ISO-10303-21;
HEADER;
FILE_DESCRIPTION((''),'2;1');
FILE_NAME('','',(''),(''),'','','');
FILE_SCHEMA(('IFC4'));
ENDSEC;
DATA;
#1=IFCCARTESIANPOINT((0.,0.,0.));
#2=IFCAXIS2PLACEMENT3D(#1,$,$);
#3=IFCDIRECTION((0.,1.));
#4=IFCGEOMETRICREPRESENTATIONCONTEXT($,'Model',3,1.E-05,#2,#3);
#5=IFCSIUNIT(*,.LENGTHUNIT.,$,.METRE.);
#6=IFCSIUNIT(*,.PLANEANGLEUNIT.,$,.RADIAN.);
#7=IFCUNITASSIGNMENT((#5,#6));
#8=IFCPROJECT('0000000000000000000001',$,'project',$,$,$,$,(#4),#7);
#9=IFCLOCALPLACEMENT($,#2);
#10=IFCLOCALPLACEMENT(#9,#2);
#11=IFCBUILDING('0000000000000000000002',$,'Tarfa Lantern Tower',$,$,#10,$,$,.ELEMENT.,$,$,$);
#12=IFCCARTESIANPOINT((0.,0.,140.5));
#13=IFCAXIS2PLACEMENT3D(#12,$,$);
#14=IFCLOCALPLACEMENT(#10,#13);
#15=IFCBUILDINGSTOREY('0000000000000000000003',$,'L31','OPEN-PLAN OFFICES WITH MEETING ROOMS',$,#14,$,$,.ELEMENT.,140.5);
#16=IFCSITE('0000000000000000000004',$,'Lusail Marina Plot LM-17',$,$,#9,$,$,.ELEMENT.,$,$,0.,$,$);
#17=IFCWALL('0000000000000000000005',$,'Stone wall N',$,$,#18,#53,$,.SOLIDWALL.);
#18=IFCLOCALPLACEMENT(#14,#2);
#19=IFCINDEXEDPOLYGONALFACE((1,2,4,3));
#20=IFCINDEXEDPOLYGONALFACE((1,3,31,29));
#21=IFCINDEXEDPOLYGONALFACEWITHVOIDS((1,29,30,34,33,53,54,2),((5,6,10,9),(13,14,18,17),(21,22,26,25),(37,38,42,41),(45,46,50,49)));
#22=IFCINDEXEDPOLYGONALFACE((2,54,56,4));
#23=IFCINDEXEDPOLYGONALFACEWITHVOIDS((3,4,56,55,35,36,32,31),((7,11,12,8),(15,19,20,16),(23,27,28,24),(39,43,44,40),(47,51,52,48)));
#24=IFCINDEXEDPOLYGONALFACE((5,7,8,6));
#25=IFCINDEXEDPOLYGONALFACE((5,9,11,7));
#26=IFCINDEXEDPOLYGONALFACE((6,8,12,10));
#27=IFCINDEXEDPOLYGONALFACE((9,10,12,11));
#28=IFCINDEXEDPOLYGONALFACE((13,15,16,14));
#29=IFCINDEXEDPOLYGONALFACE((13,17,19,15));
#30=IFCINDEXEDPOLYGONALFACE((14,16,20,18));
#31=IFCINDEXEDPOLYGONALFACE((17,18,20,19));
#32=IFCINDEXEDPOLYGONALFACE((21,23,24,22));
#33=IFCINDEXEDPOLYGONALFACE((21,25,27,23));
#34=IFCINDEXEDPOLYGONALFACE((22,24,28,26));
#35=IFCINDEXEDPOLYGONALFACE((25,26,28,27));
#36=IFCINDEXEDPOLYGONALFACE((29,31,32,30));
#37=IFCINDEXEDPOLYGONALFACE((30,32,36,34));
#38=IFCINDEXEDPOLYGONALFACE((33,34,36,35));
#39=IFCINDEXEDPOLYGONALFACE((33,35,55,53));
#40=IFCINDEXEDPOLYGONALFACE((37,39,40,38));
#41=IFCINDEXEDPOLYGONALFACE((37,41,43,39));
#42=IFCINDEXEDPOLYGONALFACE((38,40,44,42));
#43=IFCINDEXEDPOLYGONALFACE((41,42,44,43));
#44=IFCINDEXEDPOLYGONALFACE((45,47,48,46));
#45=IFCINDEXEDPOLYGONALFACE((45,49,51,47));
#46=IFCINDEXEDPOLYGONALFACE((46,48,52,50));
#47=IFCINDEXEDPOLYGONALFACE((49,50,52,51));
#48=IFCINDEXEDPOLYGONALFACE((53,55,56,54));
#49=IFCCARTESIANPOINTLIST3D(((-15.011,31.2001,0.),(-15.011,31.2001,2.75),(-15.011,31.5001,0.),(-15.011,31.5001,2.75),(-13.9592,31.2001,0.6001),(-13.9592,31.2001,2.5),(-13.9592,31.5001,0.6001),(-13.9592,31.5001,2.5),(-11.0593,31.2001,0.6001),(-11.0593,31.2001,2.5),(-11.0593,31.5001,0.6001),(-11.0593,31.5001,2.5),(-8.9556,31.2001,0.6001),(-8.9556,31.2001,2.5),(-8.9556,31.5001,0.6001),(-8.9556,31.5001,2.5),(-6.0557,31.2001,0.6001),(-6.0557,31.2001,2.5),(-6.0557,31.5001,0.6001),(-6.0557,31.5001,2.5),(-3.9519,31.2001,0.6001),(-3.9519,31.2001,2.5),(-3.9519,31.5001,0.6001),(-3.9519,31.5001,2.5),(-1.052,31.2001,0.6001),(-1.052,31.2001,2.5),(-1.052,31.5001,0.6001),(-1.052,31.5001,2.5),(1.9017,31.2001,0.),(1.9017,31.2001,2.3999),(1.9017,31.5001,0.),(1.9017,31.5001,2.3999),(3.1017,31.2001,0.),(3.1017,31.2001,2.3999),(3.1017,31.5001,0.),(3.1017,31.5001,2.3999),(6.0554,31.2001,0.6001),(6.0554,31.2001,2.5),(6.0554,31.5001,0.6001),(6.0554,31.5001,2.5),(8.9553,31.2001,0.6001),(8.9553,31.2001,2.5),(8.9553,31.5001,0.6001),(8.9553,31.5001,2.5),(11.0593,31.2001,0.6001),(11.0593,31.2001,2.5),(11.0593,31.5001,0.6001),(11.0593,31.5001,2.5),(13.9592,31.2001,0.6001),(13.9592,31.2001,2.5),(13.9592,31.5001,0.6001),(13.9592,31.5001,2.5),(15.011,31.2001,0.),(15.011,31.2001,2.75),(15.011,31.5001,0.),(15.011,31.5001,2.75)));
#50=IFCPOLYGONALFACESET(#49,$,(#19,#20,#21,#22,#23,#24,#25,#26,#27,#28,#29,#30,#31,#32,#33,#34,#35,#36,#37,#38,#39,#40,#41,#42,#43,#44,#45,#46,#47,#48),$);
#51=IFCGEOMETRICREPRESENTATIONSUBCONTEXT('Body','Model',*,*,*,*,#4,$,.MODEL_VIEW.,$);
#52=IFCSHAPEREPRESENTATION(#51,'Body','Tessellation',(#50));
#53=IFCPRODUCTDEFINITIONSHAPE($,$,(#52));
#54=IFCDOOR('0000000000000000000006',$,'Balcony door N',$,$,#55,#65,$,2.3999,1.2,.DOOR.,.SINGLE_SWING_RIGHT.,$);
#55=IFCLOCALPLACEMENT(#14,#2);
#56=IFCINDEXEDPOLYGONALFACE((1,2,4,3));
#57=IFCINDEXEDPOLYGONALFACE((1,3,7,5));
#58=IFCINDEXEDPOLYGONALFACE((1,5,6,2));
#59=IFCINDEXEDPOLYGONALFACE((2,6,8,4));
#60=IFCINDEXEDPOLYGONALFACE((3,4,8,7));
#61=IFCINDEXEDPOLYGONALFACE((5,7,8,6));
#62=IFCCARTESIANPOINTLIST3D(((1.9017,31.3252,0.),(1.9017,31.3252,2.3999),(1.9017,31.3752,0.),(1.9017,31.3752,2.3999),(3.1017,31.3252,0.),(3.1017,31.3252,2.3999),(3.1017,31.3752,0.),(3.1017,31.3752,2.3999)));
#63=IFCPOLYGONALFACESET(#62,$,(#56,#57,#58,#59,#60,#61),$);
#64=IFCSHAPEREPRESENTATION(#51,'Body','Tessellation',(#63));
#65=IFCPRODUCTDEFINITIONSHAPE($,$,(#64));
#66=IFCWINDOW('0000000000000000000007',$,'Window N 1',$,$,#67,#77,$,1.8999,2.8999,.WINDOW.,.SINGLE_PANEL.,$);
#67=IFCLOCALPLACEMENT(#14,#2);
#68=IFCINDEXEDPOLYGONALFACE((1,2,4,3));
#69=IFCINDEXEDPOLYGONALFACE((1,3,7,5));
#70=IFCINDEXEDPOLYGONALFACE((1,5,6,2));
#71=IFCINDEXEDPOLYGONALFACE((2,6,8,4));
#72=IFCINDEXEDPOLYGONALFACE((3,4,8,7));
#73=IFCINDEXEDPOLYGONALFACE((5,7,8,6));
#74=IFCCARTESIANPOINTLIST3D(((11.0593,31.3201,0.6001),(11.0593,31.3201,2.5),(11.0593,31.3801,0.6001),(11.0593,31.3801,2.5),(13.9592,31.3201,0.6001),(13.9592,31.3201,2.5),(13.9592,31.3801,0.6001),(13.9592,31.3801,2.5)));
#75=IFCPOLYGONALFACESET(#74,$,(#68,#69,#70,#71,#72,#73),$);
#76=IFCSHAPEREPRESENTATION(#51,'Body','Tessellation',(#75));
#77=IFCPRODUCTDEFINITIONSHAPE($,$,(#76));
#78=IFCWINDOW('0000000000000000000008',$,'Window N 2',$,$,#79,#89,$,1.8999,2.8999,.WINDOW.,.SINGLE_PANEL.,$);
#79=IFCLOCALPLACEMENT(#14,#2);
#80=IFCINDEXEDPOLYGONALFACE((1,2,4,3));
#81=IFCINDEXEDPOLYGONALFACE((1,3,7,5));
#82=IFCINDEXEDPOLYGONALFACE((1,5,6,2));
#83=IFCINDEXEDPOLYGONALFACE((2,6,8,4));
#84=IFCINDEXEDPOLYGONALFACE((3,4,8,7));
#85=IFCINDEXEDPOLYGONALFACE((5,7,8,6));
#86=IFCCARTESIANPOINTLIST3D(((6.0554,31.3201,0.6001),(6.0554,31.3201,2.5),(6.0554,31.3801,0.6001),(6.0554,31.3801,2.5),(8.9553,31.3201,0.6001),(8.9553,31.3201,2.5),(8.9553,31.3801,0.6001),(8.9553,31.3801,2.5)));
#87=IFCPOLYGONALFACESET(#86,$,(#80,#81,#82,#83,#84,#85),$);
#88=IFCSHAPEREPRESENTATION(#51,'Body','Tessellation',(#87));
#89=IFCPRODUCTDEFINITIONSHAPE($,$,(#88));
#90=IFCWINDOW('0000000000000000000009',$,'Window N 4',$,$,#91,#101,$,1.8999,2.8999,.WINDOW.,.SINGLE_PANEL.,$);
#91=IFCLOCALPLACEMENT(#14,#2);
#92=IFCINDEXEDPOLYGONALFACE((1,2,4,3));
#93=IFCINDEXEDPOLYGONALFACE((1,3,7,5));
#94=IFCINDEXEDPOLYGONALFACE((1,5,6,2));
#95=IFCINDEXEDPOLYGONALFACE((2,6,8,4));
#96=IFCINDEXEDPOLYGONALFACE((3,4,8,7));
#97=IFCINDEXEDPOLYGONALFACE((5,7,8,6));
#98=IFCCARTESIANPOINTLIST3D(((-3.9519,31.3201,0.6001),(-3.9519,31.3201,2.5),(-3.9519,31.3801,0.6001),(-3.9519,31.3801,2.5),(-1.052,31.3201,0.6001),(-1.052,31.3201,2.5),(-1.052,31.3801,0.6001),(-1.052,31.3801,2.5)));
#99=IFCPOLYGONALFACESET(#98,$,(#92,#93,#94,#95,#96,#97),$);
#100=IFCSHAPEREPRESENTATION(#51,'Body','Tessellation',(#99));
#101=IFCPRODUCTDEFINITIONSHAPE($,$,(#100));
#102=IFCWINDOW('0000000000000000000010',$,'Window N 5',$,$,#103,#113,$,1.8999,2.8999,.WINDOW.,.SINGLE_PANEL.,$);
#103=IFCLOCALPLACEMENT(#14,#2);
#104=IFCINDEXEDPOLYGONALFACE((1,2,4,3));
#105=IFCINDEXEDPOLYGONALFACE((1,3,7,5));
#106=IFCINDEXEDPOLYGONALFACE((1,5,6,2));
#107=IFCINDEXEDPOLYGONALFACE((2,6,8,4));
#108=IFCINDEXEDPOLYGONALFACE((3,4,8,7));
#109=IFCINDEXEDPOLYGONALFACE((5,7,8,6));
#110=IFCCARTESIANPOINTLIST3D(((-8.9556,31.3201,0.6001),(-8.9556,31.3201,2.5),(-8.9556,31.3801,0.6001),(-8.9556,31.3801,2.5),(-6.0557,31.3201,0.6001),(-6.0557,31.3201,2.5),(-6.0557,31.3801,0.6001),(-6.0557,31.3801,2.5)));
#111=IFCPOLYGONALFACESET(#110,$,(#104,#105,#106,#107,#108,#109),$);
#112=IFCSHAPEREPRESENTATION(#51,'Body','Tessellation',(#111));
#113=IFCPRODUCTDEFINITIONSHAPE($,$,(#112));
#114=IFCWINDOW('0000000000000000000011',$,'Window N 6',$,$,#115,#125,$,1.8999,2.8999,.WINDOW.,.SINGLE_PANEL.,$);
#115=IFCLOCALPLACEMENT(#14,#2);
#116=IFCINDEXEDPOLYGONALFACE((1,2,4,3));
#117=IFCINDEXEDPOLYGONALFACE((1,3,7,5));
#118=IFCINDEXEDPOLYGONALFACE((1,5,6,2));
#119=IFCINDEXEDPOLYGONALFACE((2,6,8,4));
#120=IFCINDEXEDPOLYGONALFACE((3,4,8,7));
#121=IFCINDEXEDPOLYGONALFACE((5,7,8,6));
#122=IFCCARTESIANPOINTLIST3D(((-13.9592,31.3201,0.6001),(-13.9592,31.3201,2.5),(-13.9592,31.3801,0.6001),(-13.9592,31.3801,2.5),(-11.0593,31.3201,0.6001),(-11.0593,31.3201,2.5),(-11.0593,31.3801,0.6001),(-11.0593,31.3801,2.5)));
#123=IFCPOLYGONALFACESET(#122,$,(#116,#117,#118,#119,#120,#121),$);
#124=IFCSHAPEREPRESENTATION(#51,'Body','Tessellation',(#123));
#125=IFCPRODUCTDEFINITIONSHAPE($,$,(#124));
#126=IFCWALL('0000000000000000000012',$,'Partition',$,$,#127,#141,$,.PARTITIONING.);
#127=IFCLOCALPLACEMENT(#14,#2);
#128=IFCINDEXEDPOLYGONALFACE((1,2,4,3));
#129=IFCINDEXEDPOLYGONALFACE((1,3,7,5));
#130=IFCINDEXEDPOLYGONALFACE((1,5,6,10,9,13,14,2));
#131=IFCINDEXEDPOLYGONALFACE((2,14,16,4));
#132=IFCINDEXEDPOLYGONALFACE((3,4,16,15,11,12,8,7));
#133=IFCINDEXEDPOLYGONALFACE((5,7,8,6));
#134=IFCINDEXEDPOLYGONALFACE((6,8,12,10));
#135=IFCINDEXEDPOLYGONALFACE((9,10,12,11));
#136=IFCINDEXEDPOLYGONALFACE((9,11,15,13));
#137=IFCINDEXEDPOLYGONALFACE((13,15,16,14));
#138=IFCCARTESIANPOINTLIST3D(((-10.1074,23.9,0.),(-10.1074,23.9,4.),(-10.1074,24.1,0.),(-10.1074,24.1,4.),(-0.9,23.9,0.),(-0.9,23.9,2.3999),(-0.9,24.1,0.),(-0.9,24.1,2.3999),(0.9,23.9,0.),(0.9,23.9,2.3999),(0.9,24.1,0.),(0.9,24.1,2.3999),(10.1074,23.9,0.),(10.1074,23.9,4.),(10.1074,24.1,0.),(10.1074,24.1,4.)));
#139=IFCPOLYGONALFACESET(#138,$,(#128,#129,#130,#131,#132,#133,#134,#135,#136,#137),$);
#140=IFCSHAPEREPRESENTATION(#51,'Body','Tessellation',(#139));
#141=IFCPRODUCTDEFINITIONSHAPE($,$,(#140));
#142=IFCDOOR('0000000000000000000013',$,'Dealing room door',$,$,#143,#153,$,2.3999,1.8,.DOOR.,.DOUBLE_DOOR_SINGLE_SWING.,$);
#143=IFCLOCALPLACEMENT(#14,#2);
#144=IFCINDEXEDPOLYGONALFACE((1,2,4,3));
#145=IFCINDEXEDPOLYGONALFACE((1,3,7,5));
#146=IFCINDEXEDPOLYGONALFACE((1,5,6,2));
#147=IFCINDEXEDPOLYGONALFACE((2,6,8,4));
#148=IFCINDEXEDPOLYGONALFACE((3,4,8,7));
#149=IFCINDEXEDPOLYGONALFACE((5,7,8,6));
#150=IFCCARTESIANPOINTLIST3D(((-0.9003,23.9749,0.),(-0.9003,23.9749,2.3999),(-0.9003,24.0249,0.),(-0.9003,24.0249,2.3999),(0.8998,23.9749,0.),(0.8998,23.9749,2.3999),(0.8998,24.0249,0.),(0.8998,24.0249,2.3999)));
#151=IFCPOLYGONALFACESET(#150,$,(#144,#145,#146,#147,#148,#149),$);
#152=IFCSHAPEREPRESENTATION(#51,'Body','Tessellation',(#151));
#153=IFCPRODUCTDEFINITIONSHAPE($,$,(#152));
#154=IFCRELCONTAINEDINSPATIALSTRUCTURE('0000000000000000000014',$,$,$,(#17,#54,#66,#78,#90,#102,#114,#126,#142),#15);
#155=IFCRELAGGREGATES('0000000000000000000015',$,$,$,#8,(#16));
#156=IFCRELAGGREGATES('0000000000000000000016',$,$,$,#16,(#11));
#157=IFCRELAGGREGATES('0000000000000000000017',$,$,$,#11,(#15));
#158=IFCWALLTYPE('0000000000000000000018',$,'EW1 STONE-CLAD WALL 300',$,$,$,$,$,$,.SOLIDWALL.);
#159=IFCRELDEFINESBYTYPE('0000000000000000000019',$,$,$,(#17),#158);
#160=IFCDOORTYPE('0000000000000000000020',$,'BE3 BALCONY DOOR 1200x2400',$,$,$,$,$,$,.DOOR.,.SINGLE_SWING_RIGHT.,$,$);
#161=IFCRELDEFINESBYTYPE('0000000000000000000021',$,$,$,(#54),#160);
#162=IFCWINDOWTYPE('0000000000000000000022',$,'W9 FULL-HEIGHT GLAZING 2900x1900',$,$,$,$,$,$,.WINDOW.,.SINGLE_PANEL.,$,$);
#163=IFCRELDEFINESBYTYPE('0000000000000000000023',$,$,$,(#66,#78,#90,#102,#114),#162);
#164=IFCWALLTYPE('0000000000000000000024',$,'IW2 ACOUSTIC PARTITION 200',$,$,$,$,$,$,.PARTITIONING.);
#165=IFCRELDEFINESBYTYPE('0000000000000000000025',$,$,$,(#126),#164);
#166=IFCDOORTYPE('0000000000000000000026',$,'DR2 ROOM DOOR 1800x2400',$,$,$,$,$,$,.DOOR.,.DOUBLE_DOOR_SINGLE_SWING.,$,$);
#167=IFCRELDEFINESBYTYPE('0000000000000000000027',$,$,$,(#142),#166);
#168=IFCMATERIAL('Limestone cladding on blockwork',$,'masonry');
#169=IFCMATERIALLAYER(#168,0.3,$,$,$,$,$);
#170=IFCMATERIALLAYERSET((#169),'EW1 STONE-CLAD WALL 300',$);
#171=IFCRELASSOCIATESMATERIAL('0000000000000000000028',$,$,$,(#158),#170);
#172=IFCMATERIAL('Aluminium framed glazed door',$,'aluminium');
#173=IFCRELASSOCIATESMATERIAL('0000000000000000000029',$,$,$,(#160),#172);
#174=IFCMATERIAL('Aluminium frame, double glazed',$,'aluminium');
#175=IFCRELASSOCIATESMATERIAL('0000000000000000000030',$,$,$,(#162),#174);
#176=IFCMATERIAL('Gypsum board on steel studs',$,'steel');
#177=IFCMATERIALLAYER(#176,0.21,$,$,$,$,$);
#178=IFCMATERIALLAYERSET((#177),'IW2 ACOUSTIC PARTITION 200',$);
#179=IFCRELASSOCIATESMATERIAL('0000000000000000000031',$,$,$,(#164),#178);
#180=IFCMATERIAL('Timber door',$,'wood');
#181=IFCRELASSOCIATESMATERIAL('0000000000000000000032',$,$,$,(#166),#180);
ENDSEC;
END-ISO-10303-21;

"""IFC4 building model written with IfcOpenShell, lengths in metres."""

from ifc_helpers import new_model, si_unit, direction, frame, frame_2d, origin, place, context, subcontext, project, spatial, rectangle, extrude, material, layer, layer_set, type_object, element, fill, save


model = new_model("IFC4")

# Units and contexts
model_context = context("Model", 3, precision=1e-05, world=origin(), true_north=direction((0.0, 1.0)))
body_context = subcontext(model_context, "Body", "Model", "MODEL_VIEW")
ifc_project = project(units=[si_unit("LENGTHUNIT", "METRE"), si_unit("PLANEANGLEUNIT", "RADIAN")], contexts=[model_context])

# Site, building, storey
site_placement = place(None, origin())
site = spatial("IfcSite", under=ifc_project, at=site_placement, Name="Lusail Marina Plot LM-17", CompositionType="ELEMENT", RefElevation=0.0)
building_placement = place(site_placement, origin())
building = spatial("IfcBuilding", under=site, at=building_placement, Name="Tarfa Lantern Tower", CompositionType="ELEMENT")
storey_placement = place(building_placement, frame((0.0, 0.0, 140.5)))
storey = spatial("IfcBuildingStorey", under=building, at=storey_placement, Name="L31", Description="OPEN-PLAN OFFICES WITH MEETING ROOMS", CompositionType="ELEMENT", Elevation=140.5)

# Wall, openings, door, windows
ifc_material_1 = material(Name="Limestone cladding on blockwork", Category="masonry")
ifc_layer_1 = layer(ifc_material_1, 0.3)
ifc_layer_set_1 = layer_set([ifc_layer_1], Name="EW1 STONE-CLAD WALL 300")
wall_type_1 = type_object("IfcWallType", Name="EW1 STONE-CLAD WALL 300", PredefinedType="SOLIDWALL", material=ifc_layer_set_1)
wall_1_placement = place(storey_placement, frame((15.011, 31.3501, 0.0), z_axis=(0.0, 0.0, 1.0), x_axis=(-1.0, 0.0, 0.0)))
wall_1 = element("IfcWall", 1, at=wall_1_placement, inside=storey, type_object=wall_type_1, Name="Stone wall N", PredefinedType="SOLIDWALL", context=body_context, shape_type="SweptSolid", body=[
    extrude(rectangle(XDim=30.022, YDim=0.3, at=frame_2d((15.011, 0.0))), origin(), (0.0, 0.0, 1.0), 2.75),
])
opening_1_placement = place(wall_1_placement, frame((1.0518, 0.0, 0.6001)))
opening_1 = element("IfcOpeningElement", 2, at=opening_1_placement, cuts=wall_1, PredefinedType="OPENING", context=body_context, shape_type="SweptSolid", body=[
    extrude(rectangle(XDim=2.8999, YDim=1.8999, at=frame_2d((1.45, 0.95))), frame((0.0, 0.1599, 0.0), z_axis=(0.0, -1.0, 0.0), x_axis=(1.0, 0.0, 0.0)), (0.0, 0.0, 1.0), 0.3201),
])
opening_2_placement = place(wall_1_placement, frame((6.0557, 0.0, 0.6001)))
opening_2 = element("IfcOpeningElement", 3, at=opening_2_placement, cuts=wall_1, PredefinedType="OPENING", context=body_context, shape_type="SweptSolid", body=[
    extrude(rectangle(XDim=2.8999, YDim=1.8999, at=frame_2d((1.45, 0.95))), frame((0.0, 0.1599, 0.0), z_axis=(0.0, -1.0, 0.0), x_axis=(1.0, 0.0, 0.0)), (0.0, 0.0, 1.0), 0.3201),
])
opening_3_placement = place(wall_1_placement, frame((11.9092, 0.0, 0.0)))
opening_3 = element("IfcOpeningElement", 4, at=opening_3_placement, cuts=wall_1, PredefinedType="OPENING", context=body_context, shape_type="SweptSolid", body=[
    extrude(rectangle(XDim=1.2, YDim=2.3999, at=frame_2d((0.6001, 1.2))), frame((0.0, 0.1599, 0.0), z_axis=(0.0, -1.0, 0.0), x_axis=(1.0, 0.0, 0.0)), (0.0, 0.0, 1.0), 0.3201),
])
opening_4_placement = place(wall_1_placement, frame((16.063, 0.0, 0.6001)))
opening_4 = element("IfcOpeningElement", 5, at=opening_4_placement, cuts=wall_1, PredefinedType="OPENING", context=body_context, shape_type="SweptSolid", body=[
    extrude(rectangle(XDim=2.8999, YDim=1.8999, at=frame_2d((1.45, 0.95))), frame((0.0, 0.1599, 0.0), z_axis=(0.0, -1.0, 0.0), x_axis=(1.0, 0.0, 0.0)), (0.0, 0.0, 1.0), 0.3201),
])
opening_5_placement = place(wall_1_placement, frame((21.0667, 0.0, 0.6001)))
opening_5 = element("IfcOpeningElement", 6, at=opening_5_placement, cuts=wall_1, PredefinedType="OPENING", context=body_context, shape_type="SweptSolid", body=[
    extrude(rectangle(XDim=2.8999, YDim=1.8999, at=frame_2d((1.45, 0.95))), frame((0.0, 0.1599, 0.0), z_axis=(0.0, -1.0, 0.0), x_axis=(1.0, 0.0, 0.0)), (0.0, 0.0, 1.0), 0.3201),
])
opening_6_placement = place(wall_1_placement, frame((26.0703, 0.0, 0.6001)))
opening_6 = element("IfcOpeningElement", 7, at=opening_6_placement, cuts=wall_1, PredefinedType="OPENING", context=body_context, shape_type="SweptSolid", body=[
    extrude(rectangle(XDim=2.8999, YDim=1.8999, at=frame_2d((1.45, 0.95))), frame((0.0, 0.1599, 0.0), z_axis=(0.0, -1.0, 0.0), x_axis=(1.0, 0.0, 0.0)), (0.0, 0.0, 1.0), 0.3201),
])
ifc_material_2 = material(Name="Aluminium framed glazed door", Category="aluminium")
door_type_1 = type_object("IfcDoorType", Name="BE3 BALCONY DOOR 1200x2400", OperationType="SINGLE_SWING_RIGHT", PredefinedType="DOOR", material=ifc_material_2)
door_1_placement = place(opening_3_placement, origin())
door_1 = element("IfcDoor", 8, at=door_1_placement, inside=storey, type_object=door_type_1, Name="Balcony door N", OperationType="SINGLE_SWING_RIGHT", OverallHeight=2.3999, OverallWidth=1.2, PredefinedType="DOOR", context=body_context, shape_type="SweptSolid", body=[
    extrude(rectangle(XDim=1.2, YDim=2.3999, at=frame_2d((0.6001, 1.2))), frame((0.0, 0.0249, 0.0), z_axis=(0.0, -1.0, 0.0), x_axis=(1.0, 0.0, 0.0)), (0.0, 0.0, 1.0), 0.05),
])
fill(opening_3, door_1)
ifc_material_3 = material(Name="Aluminium frame, double glazed", Category="aluminium")
window_type = type_object("IfcWindowType", Name="W9 FULL-HEIGHT GLAZING 2900x1900", PartitioningType="SINGLE_PANEL", PredefinedType="WINDOW", material=ifc_material_3)
window_1_placement = place(opening_1_placement, origin())
window_1 = element("IfcWindow", 9, at=window_1_placement, inside=storey, type_object=window_type, Name="Window N 1", OverallHeight=1.8999, OverallWidth=2.8999, PartitioningType="SINGLE_PANEL", PredefinedType="WINDOW", context=body_context, shape_type="SweptSolid", body=[
    extrude(rectangle(XDim=2.8999, YDim=1.8999, at=frame_2d((1.45, 0.95))), frame((0.0, 0.03, 0.0), z_axis=(0.0, -1.0, 0.0), x_axis=(1.0, 0.0, 0.0)), (0.0, 0.0, 1.0), 0.0601),
])
fill(opening_1, window_1)
window_2_placement = place(opening_2_placement, origin())
window_2 = element("IfcWindow", 10, at=window_2_placement, inside=storey, type_object=window_type, Name="Window N 2", OverallHeight=1.8999, OverallWidth=2.8999, PartitioningType="SINGLE_PANEL", PredefinedType="WINDOW", context=body_context, shape_type="SweptSolid", body=[
    extrude(rectangle(XDim=2.8999, YDim=1.8999, at=frame_2d((1.45, 0.95))), frame((0.0, 0.03, 0.0), z_axis=(0.0, -1.0, 0.0), x_axis=(1.0, 0.0, 0.0)), (0.0, 0.0, 1.0), 0.0601),
])
fill(opening_2, window_2)
window_3_placement = place(opening_4_placement, origin())
window_3 = element("IfcWindow", 11, at=window_3_placement, inside=storey, type_object=window_type, Name="Window N 4", OverallHeight=1.8999, OverallWidth=2.8999, PartitioningType="SINGLE_PANEL", PredefinedType="WINDOW", context=body_context, shape_type="SweptSolid", body=[
    extrude(rectangle(XDim=2.8999, YDim=1.8999, at=frame_2d((1.45, 0.95))), frame((0.0, 0.03, 0.0), z_axis=(0.0, -1.0, 0.0), x_axis=(1.0, 0.0, 0.0)), (0.0, 0.0, 1.0), 0.0601),
])
fill(opening_4, window_3)
window_4_placement = place(opening_5_placement, origin())
window_4 = element("IfcWindow", 12, at=window_4_placement, inside=storey, type_object=window_type, Name="Window N 5", OverallHeight=1.8999, OverallWidth=2.8999, PartitioningType="SINGLE_PANEL", PredefinedType="WINDOW", context=body_context, shape_type="SweptSolid", body=[
    extrude(rectangle(XDim=2.8999, YDim=1.8999, at=frame_2d((1.45, 0.95))), frame((0.0, 0.03, 0.0), z_axis=(0.0, -1.0, 0.0), x_axis=(1.0, 0.0, 0.0)), (0.0, 0.0, 1.0), 0.0601),
])
fill(opening_5, window_4)
window_5_placement = place(opening_6_placement, origin())
window_5 = element("IfcWindow", 13, at=window_5_placement, inside=storey, type_object=window_type, Name="Window N 6", OverallHeight=1.8999, OverallWidth=2.8999, PartitioningType="SINGLE_PANEL", PredefinedType="WINDOW", context=body_context, shape_type="SweptSolid", body=[
    extrude(rectangle(XDim=2.8999, YDim=1.8999, at=frame_2d((1.45, 0.95))), frame((0.0, 0.03, 0.0), z_axis=(0.0, -1.0, 0.0), x_axis=(1.0, 0.0, 0.0)), (0.0, 0.0, 1.0), 0.0601),
])
fill(opening_6, window_5)

# Wall, opening, door
ifc_material_4 = material(Name="Gypsum board on steel studs", Category="steel")
ifc_layer_2 = layer(ifc_material_4, 0.21)
ifc_layer_set_2 = layer_set([ifc_layer_2], Name="IW2 ACOUSTIC PARTITION 200")
wall_type_2 = type_object("IfcWallType", Name="IW2 ACOUSTIC PARTITION 200", PredefinedType="PARTITIONING", material=ifc_layer_set_2)
wall_2_placement = place(storey_placement, frame((10.1074, 24.0, 0.0), z_axis=(0.0, 0.0, 1.0), x_axis=(-1.0, 0.0, 0.0)))
wall_2 = element("IfcWall", 14, at=wall_2_placement, inside=storey, type_object=wall_type_2, Name="Partition", PredefinedType="PARTITIONING", context=body_context, shape_type="SweptSolid", body=[
    extrude(rectangle(XDim=20.2148, YDim=0.2, at=frame_2d((10.1074, 0.0))), origin(), (0.0, 0.0, 1.0), 4.0),
])
opening_7_placement = place(wall_2_placement, frame((9.2075, 0.0, 0.0)))
opening_7 = element("IfcOpeningElement", 15, at=opening_7_placement, cuts=wall_2, PredefinedType="OPENING", context=body_context, shape_type="SweptSolid", body=[
    extrude(rectangle(XDim=1.8, YDim=2.3999, at=frame_2d((0.8999, 1.2))), frame((0.0, 0.1099, 0.0), z_axis=(0.0, -1.0, 0.0), x_axis=(1.0, 0.0, 0.0)), (0.0, 0.0, 1.0), 0.22),
])
ifc_material_5 = material(Name="Timber door", Category="wood")
door_type_2 = type_object("IfcDoorType", Name="DR2 ROOM DOOR 1800x2400", OperationType="DOUBLE_DOOR_SINGLE_SWING", PredefinedType="DOOR", material=ifc_material_5)
door_2_placement = place(opening_7_placement, frame((1.8, 0.0, 0.0), z_axis=(0.0, 0.0, 1.0), x_axis=(-1.0, 0.0, 0.0)))
door_2 = element("IfcDoor", 16, at=door_2_placement, inside=storey, type_object=door_type_2, Name="Dealing room door", OperationType="DOUBLE_DOOR_SINGLE_SWING", OverallHeight=2.3999, OverallWidth=1.8, PredefinedType="DOOR", context=body_context, shape_type="SweptSolid", body=[
    extrude(rectangle(XDim=1.8, YDim=2.3999, at=frame_2d((0.8999, 1.2))), frame((0.0, 0.0249, 0.0), z_axis=(0.0, -1.0, 0.0), x_axis=(1.0, 0.0, 0.0)), (0.0, 0.0, 1.0), 0.05),
])
fill(opening_7, door_2)

save(model, "model.ifc")
